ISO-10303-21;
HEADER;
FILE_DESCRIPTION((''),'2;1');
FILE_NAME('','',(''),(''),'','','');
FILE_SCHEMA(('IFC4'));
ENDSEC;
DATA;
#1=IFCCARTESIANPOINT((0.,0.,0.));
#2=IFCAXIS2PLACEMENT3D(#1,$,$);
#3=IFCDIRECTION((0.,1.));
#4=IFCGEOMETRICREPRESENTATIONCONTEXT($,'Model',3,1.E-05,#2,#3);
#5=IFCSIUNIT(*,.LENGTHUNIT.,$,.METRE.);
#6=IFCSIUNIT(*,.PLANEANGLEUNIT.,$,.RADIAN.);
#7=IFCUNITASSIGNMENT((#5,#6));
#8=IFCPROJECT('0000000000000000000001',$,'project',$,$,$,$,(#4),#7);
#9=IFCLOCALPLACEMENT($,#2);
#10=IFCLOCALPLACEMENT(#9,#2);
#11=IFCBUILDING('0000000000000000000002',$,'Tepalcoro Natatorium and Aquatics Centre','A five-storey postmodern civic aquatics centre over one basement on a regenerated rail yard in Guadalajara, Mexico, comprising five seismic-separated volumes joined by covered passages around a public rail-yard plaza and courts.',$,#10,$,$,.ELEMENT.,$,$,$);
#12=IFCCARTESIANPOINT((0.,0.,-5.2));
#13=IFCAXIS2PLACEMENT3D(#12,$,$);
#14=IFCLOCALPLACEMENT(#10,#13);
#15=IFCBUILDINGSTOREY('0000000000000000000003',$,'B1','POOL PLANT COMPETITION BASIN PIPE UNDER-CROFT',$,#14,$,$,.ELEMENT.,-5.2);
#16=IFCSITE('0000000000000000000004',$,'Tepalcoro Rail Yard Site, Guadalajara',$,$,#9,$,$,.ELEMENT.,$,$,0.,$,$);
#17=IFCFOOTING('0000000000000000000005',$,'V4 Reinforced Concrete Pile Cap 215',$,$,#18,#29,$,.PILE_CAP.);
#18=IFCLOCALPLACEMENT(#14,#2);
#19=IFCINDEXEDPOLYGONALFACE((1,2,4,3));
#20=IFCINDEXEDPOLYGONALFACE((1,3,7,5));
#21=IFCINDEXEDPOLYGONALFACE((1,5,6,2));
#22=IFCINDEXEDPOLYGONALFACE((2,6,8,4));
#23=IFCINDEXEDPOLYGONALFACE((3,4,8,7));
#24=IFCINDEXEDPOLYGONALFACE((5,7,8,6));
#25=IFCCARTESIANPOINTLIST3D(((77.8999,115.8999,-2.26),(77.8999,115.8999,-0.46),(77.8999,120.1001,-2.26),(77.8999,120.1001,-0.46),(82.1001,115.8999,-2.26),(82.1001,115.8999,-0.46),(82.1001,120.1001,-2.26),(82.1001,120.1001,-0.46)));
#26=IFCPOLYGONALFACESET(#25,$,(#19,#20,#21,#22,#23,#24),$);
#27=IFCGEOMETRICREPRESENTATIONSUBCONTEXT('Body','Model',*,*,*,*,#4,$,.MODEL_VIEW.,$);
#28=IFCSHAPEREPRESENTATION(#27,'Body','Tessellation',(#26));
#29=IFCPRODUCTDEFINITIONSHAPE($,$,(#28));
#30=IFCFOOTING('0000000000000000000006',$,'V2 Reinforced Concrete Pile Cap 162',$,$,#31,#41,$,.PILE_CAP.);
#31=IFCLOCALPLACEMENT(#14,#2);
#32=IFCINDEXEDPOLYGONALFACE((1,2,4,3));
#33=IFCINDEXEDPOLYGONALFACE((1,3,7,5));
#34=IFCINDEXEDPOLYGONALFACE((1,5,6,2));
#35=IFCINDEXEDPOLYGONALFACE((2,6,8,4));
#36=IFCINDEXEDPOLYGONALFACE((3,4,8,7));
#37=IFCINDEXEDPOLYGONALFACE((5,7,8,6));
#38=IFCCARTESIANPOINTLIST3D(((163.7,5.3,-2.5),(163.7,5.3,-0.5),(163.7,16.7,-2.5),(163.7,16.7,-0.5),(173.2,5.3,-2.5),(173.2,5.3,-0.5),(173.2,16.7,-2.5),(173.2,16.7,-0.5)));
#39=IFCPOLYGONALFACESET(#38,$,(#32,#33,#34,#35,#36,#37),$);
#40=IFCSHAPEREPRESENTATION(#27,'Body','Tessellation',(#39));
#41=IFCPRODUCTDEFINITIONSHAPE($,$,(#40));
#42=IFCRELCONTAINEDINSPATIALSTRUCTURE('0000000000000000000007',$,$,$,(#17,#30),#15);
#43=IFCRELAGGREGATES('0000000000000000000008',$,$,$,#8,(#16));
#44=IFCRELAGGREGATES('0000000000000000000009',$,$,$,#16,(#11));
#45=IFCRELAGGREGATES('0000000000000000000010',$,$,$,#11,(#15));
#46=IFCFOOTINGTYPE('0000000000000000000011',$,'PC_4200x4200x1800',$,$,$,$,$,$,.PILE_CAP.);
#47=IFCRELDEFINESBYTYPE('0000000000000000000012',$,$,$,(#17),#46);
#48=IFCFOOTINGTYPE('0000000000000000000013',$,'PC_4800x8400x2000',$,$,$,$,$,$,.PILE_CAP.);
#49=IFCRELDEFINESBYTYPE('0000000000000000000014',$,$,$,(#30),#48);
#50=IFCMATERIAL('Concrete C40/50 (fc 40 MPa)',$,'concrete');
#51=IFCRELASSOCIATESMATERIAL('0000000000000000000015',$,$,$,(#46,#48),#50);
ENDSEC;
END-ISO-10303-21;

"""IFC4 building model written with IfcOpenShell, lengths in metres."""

from ifc_helpers import new_model, si_unit, direction, frame, origin, place, context, subcontext, project, spatial, polyline, outline, extrude, material, type_object, element, save


model = new_model("IFC4")

# Units and contexts
model_context = context("Model", 3, precision=1e-05, world=origin(), true_north=direction((0.0, 1.0)))
body_context = subcontext(model_context, "Body", "Model", "MODEL_VIEW")
ifc_project = project(units=[si_unit("LENGTHUNIT", "METRE"), si_unit("PLANEANGLEUNIT", "RADIAN")], contexts=[model_context])

# Site, building, storey
site_placement = place(None, origin())
site = spatial("IfcSite", under=ifc_project, at=site_placement, Name="Tepalcoro Rail Yard Site, Guadalajara", CompositionType="ELEMENT", RefElevation=0.0)
building_placement = place(site_placement, origin())
building = spatial("IfcBuilding", under=site, at=building_placement, Name="Tepalcoro Natatorium and Aquatics Centre", Description="A five-storey postmodern civic aquatics centre over one basement on a regenerated rail yard in Guadalajara, Mexico, comprising five seismic-separated volumes joined by covered passages around a public rail-yard plaza and courts.", CompositionType="ELEMENT")
storey_placement = place(building_placement, frame((0.0, 0.0, -5.2)))
storey = spatial("IfcBuildingStorey", under=building, at=storey_placement, Name="B1", Description="POOL PLANT COMPETITION BASIN PIPE UNDER-CROFT", CompositionType="ELEMENT", Elevation=-5.2)

# Footings
ifc_material = material(Name="Concrete C40/50 (fc 40 MPa)", Category="concrete")
footing_type_1 = type_object("IfcFootingType", Name="PC_4200x4200x1800", PredefinedType="PILE_CAP", material=ifc_material)
footing_1_placement = place(storey_placement, frame((0.0, 0.0, -2.26)))
element("IfcFooting", 1, at=footing_1_placement, inside=storey, type_object=footing_type_1, Name="V4 Reinforced Concrete Pile Cap 215", PredefinedType="PILE_CAP", context=body_context, shape_type="SweptSolid", body=[
    extrude(outline(polyline([(77.8999, 115.8999), (82.1001, 115.8999), (82.1001, 120.1001), (77.8999, 120.1001), (77.8999, 115.8999)])), origin(), (0.0, 0.0, 1.0), 1.8),
])
footing_type_2 = type_object("IfcFootingType", Name="PC_4800x8400x2000", PredefinedType="PILE_CAP", material=ifc_material)
footing_2_placement = place(storey_placement, frame((0.0, 0.0, -2.5)))
element("IfcFooting", 2, at=footing_2_placement, inside=storey, type_object=footing_type_2, Name="V2 Reinforced Concrete Pile Cap 162", PredefinedType="PILE_CAP", context=body_context, shape_type="SweptSolid", body=[
    extrude(outline(polyline([(163.7, 5.3), (173.2, 5.3), (173.2, 16.7), (163.7, 16.7), (163.7, 5.3)])), origin(), (0.0, 0.0, 1.0), 2.0),
])

save(model, "model.ifc")
